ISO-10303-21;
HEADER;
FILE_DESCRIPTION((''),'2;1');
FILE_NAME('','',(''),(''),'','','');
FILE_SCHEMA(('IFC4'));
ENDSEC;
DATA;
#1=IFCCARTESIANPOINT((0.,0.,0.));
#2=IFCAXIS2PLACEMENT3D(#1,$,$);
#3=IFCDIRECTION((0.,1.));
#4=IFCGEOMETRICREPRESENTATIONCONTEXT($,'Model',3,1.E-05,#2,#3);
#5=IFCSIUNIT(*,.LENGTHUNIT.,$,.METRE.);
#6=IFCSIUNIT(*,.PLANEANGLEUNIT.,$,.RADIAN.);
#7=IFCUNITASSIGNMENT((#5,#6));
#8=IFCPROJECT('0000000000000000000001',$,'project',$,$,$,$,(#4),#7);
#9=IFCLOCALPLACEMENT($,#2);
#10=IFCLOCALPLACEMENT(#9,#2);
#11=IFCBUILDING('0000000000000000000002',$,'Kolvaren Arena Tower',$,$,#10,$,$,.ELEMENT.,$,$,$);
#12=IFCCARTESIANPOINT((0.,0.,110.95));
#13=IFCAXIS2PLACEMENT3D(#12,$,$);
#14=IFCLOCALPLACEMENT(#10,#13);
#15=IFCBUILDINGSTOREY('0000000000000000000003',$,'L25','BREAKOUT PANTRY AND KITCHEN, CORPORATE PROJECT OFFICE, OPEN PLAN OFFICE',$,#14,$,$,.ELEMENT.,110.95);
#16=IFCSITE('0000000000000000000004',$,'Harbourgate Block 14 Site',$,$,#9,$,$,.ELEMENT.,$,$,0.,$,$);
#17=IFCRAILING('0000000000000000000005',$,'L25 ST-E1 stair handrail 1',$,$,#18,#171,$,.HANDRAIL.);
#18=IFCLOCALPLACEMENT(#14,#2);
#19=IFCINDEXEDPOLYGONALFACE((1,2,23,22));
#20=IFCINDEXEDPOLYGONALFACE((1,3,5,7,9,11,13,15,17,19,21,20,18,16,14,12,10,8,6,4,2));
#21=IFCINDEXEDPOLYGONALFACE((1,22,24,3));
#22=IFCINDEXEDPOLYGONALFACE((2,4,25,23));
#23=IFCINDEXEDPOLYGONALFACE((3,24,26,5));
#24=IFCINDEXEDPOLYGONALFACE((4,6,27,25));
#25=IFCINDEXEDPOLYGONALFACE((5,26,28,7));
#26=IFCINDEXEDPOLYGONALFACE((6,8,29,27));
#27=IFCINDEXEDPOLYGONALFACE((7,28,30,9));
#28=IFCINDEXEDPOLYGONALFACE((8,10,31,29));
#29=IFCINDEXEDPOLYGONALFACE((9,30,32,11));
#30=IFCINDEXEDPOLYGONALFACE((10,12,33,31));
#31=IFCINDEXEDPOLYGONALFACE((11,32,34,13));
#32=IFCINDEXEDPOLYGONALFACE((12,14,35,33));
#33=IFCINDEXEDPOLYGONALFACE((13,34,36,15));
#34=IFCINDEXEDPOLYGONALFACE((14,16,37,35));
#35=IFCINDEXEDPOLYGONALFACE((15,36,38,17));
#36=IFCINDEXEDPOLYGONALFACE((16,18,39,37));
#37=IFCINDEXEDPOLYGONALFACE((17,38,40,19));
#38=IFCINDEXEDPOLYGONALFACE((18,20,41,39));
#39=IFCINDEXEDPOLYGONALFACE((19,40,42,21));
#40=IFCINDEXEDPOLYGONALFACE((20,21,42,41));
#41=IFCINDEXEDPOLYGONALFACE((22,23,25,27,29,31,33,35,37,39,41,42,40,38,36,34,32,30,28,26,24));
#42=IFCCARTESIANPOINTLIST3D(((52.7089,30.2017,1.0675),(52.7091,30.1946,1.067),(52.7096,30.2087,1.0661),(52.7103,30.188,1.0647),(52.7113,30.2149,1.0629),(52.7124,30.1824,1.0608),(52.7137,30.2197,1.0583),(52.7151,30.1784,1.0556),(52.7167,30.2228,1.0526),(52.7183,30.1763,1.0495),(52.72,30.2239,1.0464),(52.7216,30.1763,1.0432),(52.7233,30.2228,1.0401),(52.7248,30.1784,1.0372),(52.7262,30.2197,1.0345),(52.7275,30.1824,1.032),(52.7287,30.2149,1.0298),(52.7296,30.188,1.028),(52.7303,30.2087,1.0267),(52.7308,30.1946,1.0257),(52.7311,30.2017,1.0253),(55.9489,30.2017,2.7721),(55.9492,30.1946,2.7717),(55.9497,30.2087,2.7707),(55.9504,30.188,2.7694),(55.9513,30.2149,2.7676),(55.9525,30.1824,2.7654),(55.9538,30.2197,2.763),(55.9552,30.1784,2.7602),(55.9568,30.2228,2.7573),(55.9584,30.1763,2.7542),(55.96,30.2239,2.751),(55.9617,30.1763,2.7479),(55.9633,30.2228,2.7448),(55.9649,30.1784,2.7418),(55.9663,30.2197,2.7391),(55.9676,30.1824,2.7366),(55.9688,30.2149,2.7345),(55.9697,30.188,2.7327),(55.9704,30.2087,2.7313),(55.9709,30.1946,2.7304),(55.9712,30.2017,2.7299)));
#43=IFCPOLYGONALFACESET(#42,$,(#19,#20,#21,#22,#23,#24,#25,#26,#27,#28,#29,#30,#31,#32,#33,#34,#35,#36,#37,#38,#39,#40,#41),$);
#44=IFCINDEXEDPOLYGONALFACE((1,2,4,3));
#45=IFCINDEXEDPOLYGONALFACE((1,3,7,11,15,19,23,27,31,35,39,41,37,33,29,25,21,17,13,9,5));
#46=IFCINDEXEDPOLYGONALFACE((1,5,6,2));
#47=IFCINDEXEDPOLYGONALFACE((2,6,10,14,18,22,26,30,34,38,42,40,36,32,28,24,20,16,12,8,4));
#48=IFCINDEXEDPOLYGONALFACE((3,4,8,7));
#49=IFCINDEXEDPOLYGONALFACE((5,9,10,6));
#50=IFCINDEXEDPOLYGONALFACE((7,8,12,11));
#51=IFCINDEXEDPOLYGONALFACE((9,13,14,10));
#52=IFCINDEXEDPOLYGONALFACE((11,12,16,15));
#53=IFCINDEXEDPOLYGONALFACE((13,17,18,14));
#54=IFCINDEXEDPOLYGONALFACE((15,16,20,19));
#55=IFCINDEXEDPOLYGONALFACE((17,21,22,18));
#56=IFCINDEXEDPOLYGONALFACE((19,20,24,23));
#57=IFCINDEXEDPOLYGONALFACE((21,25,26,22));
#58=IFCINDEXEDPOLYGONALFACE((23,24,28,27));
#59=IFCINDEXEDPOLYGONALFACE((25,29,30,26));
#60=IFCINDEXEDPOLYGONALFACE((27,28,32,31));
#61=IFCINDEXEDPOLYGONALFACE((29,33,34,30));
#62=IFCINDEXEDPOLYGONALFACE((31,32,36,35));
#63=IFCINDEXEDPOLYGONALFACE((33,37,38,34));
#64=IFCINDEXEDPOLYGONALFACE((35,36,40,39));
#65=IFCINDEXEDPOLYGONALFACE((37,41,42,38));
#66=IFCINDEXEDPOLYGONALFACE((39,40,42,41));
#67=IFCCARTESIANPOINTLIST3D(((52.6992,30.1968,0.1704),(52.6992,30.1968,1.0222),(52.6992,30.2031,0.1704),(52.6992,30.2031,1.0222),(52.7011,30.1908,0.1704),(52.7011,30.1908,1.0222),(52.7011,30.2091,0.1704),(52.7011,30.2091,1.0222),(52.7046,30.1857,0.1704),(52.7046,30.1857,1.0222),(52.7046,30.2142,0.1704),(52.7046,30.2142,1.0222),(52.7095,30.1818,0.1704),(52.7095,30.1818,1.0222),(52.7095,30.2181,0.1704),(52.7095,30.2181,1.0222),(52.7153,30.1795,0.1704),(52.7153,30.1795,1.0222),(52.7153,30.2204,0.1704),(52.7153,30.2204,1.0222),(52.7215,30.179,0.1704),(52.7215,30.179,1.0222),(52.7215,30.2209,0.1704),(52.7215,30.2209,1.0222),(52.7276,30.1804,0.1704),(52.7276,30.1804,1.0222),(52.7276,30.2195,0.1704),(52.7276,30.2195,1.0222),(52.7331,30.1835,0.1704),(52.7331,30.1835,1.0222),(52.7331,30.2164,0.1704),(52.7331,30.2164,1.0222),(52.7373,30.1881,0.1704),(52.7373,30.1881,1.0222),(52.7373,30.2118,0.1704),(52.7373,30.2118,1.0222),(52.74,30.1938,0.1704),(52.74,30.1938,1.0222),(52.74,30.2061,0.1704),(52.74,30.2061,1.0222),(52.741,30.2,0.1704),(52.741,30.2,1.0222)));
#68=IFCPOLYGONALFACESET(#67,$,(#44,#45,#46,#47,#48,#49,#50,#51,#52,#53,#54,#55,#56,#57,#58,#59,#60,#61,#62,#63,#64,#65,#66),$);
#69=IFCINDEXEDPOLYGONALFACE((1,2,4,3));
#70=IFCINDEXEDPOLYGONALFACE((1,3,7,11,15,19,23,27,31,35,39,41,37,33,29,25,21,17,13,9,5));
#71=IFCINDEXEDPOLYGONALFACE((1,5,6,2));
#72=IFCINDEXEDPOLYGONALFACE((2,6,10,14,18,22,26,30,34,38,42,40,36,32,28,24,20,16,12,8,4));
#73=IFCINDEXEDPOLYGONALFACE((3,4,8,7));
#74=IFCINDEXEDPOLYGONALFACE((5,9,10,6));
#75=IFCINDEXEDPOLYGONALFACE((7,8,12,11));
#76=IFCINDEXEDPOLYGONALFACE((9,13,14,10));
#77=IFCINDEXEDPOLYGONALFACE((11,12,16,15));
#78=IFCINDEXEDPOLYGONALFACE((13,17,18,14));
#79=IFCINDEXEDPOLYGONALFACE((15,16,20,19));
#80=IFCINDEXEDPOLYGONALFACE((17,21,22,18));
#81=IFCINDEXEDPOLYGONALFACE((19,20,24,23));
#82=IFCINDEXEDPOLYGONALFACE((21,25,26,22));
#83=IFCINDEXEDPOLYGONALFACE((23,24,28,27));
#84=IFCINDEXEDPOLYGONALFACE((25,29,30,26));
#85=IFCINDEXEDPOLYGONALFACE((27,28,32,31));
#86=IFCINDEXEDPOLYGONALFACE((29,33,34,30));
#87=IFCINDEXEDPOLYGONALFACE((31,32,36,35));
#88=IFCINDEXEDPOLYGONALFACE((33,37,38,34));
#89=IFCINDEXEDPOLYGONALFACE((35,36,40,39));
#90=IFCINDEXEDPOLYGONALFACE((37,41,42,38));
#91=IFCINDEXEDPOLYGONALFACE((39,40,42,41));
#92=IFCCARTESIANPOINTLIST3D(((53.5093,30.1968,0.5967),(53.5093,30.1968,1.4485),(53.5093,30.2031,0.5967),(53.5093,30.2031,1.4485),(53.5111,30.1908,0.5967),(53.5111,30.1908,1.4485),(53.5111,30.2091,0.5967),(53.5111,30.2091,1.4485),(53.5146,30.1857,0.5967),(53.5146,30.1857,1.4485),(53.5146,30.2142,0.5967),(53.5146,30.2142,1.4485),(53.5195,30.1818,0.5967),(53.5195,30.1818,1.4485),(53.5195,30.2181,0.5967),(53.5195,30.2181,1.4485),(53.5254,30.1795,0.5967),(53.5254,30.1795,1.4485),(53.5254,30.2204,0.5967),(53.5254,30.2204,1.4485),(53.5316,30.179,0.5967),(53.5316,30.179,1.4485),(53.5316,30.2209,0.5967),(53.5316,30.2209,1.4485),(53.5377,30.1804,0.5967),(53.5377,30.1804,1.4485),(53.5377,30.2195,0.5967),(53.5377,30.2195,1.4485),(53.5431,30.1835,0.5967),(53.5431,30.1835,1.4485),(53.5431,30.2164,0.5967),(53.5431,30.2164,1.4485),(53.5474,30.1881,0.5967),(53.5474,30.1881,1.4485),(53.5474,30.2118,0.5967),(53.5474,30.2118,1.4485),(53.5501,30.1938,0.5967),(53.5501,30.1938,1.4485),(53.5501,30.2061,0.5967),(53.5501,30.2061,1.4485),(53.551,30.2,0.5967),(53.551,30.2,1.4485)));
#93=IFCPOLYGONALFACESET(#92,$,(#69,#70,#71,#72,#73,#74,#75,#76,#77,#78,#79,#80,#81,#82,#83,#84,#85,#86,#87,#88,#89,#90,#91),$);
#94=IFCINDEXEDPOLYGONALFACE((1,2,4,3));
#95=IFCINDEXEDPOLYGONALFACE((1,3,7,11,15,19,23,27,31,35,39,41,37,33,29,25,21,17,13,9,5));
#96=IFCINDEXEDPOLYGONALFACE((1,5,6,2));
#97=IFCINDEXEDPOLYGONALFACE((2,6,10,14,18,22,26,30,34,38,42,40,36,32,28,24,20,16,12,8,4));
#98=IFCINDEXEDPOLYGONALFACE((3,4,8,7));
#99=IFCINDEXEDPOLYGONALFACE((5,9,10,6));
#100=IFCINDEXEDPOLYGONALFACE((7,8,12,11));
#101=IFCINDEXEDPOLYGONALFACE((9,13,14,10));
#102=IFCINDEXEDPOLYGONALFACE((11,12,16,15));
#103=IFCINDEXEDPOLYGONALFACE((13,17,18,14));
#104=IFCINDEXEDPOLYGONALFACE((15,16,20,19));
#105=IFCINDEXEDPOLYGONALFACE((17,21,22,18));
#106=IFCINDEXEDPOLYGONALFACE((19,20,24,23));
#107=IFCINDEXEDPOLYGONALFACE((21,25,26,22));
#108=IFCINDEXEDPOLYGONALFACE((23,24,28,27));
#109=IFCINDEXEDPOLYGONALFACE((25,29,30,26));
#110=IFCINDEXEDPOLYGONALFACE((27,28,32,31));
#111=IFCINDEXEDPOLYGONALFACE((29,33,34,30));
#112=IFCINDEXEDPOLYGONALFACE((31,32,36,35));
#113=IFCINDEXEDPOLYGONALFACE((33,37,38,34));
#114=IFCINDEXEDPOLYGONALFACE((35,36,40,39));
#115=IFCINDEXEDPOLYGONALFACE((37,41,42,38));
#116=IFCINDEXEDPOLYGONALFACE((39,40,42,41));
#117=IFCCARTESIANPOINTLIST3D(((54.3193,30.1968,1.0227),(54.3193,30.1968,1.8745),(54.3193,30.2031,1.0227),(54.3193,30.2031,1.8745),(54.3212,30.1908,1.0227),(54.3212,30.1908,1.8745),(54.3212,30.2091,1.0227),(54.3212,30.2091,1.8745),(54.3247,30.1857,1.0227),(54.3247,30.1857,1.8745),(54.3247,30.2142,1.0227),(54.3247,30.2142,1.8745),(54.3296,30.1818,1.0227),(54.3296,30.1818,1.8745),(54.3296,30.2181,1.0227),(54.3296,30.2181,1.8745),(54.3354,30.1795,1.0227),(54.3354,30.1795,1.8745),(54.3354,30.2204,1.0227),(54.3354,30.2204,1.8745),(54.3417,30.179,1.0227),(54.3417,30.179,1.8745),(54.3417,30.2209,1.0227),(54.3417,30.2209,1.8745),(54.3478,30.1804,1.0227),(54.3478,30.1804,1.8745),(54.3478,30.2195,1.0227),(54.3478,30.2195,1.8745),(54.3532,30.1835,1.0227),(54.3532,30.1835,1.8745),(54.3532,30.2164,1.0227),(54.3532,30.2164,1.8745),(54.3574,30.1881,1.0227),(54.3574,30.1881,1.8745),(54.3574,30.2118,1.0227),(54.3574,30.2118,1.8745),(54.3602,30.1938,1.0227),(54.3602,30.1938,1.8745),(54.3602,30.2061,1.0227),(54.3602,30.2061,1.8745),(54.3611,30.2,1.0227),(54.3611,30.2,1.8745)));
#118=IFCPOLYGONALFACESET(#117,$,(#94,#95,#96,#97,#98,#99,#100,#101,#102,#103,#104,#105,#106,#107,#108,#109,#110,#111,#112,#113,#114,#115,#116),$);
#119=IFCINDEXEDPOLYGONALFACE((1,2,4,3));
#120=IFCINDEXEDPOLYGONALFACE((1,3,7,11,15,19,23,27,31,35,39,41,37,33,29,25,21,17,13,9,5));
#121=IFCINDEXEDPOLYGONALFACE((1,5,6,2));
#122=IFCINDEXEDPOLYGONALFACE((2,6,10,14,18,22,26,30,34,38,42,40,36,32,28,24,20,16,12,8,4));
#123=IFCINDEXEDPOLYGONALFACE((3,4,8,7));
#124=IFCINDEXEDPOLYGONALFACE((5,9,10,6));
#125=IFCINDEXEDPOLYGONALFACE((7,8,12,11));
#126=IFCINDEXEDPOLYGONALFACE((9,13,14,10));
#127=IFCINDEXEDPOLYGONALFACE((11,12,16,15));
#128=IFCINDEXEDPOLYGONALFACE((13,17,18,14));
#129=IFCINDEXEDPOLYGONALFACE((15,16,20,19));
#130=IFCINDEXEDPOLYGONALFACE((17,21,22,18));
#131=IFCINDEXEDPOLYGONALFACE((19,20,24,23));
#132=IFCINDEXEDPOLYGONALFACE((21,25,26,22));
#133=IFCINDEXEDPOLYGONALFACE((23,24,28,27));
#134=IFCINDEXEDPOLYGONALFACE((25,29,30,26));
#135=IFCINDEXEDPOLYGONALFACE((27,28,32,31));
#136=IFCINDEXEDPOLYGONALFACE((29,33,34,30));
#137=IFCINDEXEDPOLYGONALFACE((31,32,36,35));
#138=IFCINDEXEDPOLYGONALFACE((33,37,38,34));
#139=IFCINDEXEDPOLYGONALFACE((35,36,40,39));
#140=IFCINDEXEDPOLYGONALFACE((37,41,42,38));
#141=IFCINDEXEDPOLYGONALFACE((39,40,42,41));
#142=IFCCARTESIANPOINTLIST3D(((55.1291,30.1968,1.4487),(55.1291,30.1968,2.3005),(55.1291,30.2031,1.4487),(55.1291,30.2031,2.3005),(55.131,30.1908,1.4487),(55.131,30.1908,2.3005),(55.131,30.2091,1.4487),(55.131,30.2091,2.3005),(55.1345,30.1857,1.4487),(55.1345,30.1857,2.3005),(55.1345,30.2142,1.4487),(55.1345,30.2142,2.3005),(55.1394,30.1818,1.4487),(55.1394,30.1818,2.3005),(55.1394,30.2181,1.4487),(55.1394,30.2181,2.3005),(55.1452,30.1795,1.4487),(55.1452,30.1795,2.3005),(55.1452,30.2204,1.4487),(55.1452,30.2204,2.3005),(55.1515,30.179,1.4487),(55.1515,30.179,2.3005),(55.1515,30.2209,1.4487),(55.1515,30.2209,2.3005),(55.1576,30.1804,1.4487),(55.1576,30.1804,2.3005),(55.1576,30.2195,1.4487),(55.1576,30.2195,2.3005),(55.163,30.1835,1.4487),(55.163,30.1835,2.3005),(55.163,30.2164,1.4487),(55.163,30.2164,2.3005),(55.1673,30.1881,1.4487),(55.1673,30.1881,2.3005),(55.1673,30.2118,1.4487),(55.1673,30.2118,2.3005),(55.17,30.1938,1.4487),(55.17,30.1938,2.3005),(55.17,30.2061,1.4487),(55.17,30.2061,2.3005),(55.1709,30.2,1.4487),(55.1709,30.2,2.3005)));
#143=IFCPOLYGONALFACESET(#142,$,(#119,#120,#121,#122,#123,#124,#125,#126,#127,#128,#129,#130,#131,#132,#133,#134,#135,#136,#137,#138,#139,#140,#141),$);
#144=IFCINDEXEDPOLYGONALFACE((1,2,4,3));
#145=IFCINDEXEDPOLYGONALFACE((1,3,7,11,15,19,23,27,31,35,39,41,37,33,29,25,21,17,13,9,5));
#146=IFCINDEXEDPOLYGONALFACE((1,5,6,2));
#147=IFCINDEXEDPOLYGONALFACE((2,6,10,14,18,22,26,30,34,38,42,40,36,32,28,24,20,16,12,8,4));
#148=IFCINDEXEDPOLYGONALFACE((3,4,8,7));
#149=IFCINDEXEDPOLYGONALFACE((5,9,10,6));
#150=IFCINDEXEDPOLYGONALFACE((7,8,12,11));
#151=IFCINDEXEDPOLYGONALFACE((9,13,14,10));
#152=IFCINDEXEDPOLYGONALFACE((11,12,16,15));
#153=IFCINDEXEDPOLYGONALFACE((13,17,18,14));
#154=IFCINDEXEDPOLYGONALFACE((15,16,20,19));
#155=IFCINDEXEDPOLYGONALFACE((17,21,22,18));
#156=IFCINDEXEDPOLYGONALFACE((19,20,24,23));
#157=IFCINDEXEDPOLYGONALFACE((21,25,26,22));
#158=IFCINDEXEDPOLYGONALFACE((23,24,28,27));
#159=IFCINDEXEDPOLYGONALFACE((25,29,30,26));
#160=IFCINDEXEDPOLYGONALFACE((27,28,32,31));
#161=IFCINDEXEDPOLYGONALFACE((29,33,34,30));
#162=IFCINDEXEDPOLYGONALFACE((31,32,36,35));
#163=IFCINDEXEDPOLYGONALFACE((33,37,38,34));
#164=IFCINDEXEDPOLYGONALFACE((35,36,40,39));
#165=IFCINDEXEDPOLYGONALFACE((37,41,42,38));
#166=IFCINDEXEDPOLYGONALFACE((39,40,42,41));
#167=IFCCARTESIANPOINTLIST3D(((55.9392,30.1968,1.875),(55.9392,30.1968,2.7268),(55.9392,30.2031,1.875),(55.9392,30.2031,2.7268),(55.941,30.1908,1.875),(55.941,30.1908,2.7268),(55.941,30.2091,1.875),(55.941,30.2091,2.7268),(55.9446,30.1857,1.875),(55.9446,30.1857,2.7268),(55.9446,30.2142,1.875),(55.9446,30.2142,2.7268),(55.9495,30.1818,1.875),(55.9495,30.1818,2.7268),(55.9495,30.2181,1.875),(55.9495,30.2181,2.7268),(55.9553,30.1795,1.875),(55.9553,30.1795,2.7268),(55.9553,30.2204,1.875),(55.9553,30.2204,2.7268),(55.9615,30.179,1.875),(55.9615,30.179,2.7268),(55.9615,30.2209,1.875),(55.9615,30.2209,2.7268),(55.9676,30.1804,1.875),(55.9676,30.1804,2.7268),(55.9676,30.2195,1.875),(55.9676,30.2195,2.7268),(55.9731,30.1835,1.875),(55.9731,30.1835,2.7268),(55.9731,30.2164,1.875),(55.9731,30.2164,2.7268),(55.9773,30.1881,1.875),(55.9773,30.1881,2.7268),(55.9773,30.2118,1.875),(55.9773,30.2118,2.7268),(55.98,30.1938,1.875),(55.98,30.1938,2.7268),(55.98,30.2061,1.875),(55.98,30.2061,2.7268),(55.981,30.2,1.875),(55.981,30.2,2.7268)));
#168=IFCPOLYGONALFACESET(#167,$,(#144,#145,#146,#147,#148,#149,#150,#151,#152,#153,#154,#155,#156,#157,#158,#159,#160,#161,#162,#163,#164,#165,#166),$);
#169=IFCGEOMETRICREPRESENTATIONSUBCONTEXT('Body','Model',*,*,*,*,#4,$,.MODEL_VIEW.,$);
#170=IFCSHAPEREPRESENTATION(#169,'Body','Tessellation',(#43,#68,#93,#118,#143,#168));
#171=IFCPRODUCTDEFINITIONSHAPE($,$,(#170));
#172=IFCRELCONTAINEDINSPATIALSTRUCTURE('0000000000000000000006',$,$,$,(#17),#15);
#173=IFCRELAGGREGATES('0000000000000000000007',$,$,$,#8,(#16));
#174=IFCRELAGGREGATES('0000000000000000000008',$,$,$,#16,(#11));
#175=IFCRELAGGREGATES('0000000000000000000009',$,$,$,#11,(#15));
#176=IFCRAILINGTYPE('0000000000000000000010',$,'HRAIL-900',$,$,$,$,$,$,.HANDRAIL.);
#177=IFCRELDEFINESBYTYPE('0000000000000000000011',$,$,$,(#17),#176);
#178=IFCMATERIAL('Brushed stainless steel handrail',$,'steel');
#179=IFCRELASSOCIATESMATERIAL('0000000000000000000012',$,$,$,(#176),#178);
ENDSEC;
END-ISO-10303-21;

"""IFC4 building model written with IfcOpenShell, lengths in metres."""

from ifc_helpers import new_model, si_unit, direction, frame, origin, origin_2d, place, context, subcontext, project, spatial, circle, extrude, material, type_object, element, save


model = new_model("IFC4")

# Units and contexts
model_context = context("Model", 3, precision=1e-05, world=origin(), true_north=direction((0.0, 1.0)))
body_context = subcontext(model_context, "Body", "Model", "MODEL_VIEW")
ifc_project = project(units=[si_unit("LENGTHUNIT", "METRE"), si_unit("PLANEANGLEUNIT", "RADIAN")], contexts=[model_context])

# Site, building, storey
site_placement = place(None, origin())
site = spatial("IfcSite", under=ifc_project, at=site_placement, Name="Harbourgate Block 14 Site", CompositionType="ELEMENT", RefElevation=0.0)
building_placement = place(site_placement, origin())
building = spatial("IfcBuilding", under=site, at=building_placement, Name="Kolvaren Arena Tower", CompositionType="ELEMENT")
storey_placement = place(building_placement, frame((0.0, 0.0, 110.95)))
storey = spatial("IfcBuildingStorey", under=building, at=storey_placement, Name="L25", Description="BREAKOUT PANTRY AND KITCHEN, CORPORATE PROJECT OFFICE, OPEN PLAN OFFICE", CompositionType="ELEMENT", Elevation=110.95)

# Railing
ifc_material_1 = material(Name="Brushed stainless steel handrail", Category="steel")
railing_type_1 = type_object("IfcRailingType", Name="HRAIL-900", PredefinedType="HANDRAIL", material=ifc_material_1)
for number, where, name in (
    (1, (52.72, 30.2, 0.1704), "L25 ST-E1 stair handrail 1"),
):
    element("IfcRailing", number, at=place(storey_placement, frame(where)), inside=storey, type_object=railing_type_1, Name=name, PredefinedType="HANDRAIL", context=body_context, shape_type="SweptSolid", body=[
        extrude(circle(Radius=0.0239, at=origin_2d()), frame((0.0, 0.0, 0.876), z_axis=(0.884993, 0.0, 0.465604), x_axis=(0.0, 1.0, 0.0)), (0.0, 0.0, 1.0), 3.6611),
        extrude(circle(Radius=0.021, at=origin_2d()), origin(), (0.0, 0.0, 1.0), 0.8518),
        extrude(circle(Radius=0.021, at=origin_2d()), frame((0.8101, 0.0, 0.4263)), (0.0, 0.0, 1.0), 0.8518),
        extrude(circle(Radius=0.021, at=origin_2d()), frame((1.6201, 0.0, 0.8523)), (0.0, 0.0, 1.0), 0.8518),
        extrude(circle(Radius=0.021, at=origin_2d()), frame((2.4299, 0.0, 1.2783)), (0.0, 0.0, 1.0), 0.8518),
        extrude(circle(Radius=0.021, at=origin_2d()), frame((3.24, 0.0, 1.7046)), (0.0, 0.0, 1.0), 0.8518),
    ])

save(model, "model.ifc")
